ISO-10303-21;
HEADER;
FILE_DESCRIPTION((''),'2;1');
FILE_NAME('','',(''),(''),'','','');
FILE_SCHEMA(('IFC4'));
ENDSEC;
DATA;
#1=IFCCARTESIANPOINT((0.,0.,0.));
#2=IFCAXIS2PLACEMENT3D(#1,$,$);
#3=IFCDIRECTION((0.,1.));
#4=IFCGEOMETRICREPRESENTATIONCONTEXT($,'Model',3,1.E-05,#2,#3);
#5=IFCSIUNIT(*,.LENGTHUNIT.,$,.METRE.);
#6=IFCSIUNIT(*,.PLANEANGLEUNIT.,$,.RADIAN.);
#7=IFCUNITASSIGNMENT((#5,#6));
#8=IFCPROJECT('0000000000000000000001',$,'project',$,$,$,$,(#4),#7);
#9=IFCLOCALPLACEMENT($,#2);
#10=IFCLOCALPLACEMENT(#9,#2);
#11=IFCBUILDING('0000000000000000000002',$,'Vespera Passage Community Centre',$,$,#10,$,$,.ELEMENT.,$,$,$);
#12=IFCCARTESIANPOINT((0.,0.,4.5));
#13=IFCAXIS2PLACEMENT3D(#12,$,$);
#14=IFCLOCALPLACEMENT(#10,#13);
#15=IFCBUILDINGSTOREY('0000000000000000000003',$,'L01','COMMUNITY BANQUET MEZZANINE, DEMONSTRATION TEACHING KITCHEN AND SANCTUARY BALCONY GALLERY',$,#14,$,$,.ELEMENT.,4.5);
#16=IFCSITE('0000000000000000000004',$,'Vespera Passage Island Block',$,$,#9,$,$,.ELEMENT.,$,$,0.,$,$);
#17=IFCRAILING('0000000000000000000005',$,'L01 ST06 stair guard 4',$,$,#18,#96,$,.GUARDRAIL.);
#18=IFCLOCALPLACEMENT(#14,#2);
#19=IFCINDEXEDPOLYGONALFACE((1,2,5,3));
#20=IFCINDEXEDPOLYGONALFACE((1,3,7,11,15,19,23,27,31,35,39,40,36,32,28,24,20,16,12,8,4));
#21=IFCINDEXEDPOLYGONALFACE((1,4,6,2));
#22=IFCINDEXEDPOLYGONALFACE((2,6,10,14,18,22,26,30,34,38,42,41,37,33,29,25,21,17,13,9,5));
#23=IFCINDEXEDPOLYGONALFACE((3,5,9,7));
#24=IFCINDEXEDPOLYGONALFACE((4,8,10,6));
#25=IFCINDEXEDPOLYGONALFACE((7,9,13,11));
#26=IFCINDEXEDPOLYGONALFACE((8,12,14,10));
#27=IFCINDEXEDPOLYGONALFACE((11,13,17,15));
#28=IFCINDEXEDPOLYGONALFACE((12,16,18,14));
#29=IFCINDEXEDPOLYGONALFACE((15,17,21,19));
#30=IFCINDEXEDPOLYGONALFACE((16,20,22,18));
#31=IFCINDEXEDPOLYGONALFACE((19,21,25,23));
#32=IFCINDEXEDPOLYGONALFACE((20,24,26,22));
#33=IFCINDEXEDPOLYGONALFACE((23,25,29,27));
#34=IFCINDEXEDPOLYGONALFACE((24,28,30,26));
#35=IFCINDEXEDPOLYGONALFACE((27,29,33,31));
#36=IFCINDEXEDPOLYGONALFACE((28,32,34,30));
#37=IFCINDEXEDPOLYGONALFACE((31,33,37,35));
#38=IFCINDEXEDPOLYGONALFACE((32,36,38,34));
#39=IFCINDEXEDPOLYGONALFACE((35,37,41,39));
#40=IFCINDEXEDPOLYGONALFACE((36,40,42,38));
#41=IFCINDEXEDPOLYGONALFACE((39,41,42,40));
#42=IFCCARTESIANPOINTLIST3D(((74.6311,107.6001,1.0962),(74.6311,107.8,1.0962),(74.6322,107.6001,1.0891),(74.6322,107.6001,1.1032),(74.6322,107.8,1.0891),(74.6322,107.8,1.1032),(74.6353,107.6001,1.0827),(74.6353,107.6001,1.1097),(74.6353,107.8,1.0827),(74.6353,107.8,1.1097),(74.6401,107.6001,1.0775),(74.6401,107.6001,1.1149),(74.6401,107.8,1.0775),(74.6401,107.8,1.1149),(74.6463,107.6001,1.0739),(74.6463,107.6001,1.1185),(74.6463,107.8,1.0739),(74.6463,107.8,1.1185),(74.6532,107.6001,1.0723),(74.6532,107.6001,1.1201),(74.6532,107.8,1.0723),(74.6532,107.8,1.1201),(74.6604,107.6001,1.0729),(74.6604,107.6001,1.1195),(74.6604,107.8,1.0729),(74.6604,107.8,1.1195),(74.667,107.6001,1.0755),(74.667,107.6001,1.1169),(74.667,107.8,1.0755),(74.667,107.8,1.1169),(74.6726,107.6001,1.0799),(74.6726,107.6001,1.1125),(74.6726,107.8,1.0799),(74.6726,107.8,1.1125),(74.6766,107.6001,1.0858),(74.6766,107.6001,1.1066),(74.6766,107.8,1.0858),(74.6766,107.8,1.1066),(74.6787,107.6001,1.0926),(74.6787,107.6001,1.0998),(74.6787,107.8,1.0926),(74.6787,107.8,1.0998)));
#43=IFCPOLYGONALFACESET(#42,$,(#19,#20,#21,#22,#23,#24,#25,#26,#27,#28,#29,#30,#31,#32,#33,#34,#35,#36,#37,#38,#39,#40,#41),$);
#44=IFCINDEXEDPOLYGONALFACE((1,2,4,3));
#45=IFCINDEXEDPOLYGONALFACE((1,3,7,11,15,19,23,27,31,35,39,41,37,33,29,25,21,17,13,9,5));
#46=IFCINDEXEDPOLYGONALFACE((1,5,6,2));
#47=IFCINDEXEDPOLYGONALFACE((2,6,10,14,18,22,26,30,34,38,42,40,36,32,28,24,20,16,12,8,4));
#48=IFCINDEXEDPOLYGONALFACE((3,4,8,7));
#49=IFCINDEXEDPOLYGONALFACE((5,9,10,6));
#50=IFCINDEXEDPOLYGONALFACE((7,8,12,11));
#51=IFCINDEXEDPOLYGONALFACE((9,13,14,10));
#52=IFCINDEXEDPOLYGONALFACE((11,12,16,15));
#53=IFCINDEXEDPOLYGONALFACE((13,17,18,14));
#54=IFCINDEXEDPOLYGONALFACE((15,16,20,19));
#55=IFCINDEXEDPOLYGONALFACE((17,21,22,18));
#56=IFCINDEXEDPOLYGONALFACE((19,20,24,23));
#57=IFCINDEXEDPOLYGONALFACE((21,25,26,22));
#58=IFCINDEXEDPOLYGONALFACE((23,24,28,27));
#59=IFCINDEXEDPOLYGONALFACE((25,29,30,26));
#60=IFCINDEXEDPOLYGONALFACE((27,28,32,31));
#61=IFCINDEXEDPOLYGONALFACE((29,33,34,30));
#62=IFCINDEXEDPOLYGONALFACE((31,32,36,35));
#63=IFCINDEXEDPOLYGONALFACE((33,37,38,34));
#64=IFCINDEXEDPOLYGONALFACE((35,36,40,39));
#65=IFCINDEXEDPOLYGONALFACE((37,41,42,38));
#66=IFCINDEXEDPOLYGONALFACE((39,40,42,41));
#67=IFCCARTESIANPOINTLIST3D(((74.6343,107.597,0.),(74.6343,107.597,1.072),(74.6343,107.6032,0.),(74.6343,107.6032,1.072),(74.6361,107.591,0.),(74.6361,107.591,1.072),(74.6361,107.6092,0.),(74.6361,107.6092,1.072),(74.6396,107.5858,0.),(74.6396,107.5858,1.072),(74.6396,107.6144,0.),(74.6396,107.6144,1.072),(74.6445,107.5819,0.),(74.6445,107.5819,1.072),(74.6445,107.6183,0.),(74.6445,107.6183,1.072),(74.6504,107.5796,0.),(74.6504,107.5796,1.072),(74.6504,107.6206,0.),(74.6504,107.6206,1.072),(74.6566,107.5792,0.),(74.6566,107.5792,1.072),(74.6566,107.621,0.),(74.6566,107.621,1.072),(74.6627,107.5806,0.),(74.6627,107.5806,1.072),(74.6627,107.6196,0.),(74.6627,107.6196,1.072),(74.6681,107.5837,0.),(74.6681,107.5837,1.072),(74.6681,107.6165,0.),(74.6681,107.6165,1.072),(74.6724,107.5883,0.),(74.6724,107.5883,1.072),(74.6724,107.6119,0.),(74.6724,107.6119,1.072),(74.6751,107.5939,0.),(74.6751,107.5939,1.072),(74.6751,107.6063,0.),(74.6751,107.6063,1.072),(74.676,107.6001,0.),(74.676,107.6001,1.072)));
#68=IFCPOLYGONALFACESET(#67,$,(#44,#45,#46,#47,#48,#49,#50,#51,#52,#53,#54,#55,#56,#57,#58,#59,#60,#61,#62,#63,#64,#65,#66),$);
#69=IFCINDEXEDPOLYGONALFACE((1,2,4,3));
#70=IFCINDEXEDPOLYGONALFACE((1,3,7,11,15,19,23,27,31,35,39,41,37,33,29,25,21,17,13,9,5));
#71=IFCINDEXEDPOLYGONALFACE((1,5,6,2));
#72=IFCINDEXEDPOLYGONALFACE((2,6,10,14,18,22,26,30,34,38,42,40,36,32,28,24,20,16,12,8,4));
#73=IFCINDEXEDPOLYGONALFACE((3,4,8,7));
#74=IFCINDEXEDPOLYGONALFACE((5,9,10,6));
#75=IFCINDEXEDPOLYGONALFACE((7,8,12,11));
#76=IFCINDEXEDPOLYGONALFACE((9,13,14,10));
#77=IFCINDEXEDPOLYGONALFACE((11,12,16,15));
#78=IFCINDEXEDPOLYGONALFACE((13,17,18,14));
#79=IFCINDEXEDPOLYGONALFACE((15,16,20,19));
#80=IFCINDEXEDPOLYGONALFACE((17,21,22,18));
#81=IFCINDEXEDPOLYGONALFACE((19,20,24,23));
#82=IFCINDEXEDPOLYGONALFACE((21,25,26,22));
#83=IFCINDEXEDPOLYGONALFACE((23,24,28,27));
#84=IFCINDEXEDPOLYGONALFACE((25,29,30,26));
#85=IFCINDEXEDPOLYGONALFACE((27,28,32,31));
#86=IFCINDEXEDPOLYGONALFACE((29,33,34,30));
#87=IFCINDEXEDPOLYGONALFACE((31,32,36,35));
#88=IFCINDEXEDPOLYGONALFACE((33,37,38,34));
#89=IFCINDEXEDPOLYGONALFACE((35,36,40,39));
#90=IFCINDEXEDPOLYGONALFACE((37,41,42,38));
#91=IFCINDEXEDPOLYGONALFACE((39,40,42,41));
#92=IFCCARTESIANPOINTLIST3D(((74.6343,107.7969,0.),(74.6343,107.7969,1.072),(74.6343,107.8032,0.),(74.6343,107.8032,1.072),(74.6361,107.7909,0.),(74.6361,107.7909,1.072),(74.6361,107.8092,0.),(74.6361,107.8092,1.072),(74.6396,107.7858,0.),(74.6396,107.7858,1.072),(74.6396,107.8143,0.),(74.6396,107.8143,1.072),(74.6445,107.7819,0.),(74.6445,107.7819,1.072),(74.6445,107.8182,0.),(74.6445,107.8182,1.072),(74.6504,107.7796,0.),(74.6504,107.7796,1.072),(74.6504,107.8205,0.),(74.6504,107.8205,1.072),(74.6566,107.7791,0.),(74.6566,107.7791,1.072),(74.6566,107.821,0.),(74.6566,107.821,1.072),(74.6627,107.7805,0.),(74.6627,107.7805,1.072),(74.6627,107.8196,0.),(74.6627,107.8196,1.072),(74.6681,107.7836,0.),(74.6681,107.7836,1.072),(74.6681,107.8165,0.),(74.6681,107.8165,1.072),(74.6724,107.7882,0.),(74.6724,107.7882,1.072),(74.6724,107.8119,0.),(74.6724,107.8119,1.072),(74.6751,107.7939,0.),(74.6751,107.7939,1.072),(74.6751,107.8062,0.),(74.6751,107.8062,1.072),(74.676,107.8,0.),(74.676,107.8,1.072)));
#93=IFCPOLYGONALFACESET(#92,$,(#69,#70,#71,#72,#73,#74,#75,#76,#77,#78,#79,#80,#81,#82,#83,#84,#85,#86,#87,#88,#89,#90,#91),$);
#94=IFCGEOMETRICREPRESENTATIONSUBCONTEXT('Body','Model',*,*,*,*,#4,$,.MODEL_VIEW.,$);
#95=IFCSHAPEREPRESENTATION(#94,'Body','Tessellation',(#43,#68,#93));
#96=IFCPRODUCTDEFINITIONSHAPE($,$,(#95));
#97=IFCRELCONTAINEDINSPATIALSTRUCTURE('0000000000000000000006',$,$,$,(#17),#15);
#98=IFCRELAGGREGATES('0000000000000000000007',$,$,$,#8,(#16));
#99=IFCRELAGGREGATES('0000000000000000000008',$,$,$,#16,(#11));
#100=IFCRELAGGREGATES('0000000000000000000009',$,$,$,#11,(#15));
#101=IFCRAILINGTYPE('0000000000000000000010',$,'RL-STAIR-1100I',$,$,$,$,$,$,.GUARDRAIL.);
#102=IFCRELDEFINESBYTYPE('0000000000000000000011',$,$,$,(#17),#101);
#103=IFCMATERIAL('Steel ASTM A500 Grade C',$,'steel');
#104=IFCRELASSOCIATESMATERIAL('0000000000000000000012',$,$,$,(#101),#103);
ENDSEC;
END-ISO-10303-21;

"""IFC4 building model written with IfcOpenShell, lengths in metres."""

from ifc_helpers import new_model, si_unit, direction, frame, origin, origin_2d, place, context, subcontext, project, spatial, circle, extrude, material, type_object, element, save


model = new_model("IFC4")

# Units and contexts
model_context = context("Model", 3, precision=1e-05, world=origin(), true_north=direction((0.0, 1.0)))
body_context = subcontext(model_context, "Body", "Model", "MODEL_VIEW")
ifc_project = project(units=[si_unit("LENGTHUNIT", "METRE"), si_unit("PLANEANGLEUNIT", "RADIAN")], contexts=[model_context])

# Site, building, storey
site_placement = place(None, origin())
site = spatial("IfcSite", under=ifc_project, at=site_placement, Name="Vespera Passage Island Block", CompositionType="ELEMENT", RefElevation=0.0)
building_placement = place(site_placement, origin())
building = spatial("IfcBuilding", under=site, at=building_placement, Name="Vespera Passage Community Centre", CompositionType="ELEMENT")
storey_placement = place(building_placement, frame((0.0, 0.0, 4.5)))
storey = spatial("IfcBuildingStorey", under=building, at=storey_placement, Name="L01", Description="COMMUNITY BANQUET MEZZANINE, DEMONSTRATION TEACHING KITCHEN AND SANCTUARY BALCONY GALLERY", CompositionType="ELEMENT", Elevation=4.5)

# Railing
ifc_material_1 = material(Name="Steel ASTM A500 Grade C", Category="steel")
railing_type_1 = type_object("IfcRailingType", Name="RL-STAIR-1100I", PredefinedType="GUARDRAIL", material=ifc_material_1)
railing_1_placement = place(storey_placement, frame((74.655, 107.6001, 0.0)))
element("IfcRailing", 1, at=railing_1_placement, inside=storey, type_object=railing_type_1, Name="L01 ST06 stair guard 4", PredefinedType="GUARDRAIL", context=body_context, shape_type="SweptSolid", body=[
    extrude(circle(Radius=0.0239, at=origin_2d()), frame((0.0, 0.0, 1.0962), z_axis=(0.0, 1.0, 0.0), x_axis=(-1.0, 0.0, 0.0)), (0.0, 0.0, 1.0), 0.2),
    extrude(circle(Radius=0.021, at=origin_2d()), origin(), (0.0, 0.0, 1.0), 1.072),
    extrude(circle(Radius=0.021, at=origin_2d()), frame((0.0, 0.2, 0.0)), (0.0, 0.0, 1.0), 1.072),
])

save(model, "model.ifc")
